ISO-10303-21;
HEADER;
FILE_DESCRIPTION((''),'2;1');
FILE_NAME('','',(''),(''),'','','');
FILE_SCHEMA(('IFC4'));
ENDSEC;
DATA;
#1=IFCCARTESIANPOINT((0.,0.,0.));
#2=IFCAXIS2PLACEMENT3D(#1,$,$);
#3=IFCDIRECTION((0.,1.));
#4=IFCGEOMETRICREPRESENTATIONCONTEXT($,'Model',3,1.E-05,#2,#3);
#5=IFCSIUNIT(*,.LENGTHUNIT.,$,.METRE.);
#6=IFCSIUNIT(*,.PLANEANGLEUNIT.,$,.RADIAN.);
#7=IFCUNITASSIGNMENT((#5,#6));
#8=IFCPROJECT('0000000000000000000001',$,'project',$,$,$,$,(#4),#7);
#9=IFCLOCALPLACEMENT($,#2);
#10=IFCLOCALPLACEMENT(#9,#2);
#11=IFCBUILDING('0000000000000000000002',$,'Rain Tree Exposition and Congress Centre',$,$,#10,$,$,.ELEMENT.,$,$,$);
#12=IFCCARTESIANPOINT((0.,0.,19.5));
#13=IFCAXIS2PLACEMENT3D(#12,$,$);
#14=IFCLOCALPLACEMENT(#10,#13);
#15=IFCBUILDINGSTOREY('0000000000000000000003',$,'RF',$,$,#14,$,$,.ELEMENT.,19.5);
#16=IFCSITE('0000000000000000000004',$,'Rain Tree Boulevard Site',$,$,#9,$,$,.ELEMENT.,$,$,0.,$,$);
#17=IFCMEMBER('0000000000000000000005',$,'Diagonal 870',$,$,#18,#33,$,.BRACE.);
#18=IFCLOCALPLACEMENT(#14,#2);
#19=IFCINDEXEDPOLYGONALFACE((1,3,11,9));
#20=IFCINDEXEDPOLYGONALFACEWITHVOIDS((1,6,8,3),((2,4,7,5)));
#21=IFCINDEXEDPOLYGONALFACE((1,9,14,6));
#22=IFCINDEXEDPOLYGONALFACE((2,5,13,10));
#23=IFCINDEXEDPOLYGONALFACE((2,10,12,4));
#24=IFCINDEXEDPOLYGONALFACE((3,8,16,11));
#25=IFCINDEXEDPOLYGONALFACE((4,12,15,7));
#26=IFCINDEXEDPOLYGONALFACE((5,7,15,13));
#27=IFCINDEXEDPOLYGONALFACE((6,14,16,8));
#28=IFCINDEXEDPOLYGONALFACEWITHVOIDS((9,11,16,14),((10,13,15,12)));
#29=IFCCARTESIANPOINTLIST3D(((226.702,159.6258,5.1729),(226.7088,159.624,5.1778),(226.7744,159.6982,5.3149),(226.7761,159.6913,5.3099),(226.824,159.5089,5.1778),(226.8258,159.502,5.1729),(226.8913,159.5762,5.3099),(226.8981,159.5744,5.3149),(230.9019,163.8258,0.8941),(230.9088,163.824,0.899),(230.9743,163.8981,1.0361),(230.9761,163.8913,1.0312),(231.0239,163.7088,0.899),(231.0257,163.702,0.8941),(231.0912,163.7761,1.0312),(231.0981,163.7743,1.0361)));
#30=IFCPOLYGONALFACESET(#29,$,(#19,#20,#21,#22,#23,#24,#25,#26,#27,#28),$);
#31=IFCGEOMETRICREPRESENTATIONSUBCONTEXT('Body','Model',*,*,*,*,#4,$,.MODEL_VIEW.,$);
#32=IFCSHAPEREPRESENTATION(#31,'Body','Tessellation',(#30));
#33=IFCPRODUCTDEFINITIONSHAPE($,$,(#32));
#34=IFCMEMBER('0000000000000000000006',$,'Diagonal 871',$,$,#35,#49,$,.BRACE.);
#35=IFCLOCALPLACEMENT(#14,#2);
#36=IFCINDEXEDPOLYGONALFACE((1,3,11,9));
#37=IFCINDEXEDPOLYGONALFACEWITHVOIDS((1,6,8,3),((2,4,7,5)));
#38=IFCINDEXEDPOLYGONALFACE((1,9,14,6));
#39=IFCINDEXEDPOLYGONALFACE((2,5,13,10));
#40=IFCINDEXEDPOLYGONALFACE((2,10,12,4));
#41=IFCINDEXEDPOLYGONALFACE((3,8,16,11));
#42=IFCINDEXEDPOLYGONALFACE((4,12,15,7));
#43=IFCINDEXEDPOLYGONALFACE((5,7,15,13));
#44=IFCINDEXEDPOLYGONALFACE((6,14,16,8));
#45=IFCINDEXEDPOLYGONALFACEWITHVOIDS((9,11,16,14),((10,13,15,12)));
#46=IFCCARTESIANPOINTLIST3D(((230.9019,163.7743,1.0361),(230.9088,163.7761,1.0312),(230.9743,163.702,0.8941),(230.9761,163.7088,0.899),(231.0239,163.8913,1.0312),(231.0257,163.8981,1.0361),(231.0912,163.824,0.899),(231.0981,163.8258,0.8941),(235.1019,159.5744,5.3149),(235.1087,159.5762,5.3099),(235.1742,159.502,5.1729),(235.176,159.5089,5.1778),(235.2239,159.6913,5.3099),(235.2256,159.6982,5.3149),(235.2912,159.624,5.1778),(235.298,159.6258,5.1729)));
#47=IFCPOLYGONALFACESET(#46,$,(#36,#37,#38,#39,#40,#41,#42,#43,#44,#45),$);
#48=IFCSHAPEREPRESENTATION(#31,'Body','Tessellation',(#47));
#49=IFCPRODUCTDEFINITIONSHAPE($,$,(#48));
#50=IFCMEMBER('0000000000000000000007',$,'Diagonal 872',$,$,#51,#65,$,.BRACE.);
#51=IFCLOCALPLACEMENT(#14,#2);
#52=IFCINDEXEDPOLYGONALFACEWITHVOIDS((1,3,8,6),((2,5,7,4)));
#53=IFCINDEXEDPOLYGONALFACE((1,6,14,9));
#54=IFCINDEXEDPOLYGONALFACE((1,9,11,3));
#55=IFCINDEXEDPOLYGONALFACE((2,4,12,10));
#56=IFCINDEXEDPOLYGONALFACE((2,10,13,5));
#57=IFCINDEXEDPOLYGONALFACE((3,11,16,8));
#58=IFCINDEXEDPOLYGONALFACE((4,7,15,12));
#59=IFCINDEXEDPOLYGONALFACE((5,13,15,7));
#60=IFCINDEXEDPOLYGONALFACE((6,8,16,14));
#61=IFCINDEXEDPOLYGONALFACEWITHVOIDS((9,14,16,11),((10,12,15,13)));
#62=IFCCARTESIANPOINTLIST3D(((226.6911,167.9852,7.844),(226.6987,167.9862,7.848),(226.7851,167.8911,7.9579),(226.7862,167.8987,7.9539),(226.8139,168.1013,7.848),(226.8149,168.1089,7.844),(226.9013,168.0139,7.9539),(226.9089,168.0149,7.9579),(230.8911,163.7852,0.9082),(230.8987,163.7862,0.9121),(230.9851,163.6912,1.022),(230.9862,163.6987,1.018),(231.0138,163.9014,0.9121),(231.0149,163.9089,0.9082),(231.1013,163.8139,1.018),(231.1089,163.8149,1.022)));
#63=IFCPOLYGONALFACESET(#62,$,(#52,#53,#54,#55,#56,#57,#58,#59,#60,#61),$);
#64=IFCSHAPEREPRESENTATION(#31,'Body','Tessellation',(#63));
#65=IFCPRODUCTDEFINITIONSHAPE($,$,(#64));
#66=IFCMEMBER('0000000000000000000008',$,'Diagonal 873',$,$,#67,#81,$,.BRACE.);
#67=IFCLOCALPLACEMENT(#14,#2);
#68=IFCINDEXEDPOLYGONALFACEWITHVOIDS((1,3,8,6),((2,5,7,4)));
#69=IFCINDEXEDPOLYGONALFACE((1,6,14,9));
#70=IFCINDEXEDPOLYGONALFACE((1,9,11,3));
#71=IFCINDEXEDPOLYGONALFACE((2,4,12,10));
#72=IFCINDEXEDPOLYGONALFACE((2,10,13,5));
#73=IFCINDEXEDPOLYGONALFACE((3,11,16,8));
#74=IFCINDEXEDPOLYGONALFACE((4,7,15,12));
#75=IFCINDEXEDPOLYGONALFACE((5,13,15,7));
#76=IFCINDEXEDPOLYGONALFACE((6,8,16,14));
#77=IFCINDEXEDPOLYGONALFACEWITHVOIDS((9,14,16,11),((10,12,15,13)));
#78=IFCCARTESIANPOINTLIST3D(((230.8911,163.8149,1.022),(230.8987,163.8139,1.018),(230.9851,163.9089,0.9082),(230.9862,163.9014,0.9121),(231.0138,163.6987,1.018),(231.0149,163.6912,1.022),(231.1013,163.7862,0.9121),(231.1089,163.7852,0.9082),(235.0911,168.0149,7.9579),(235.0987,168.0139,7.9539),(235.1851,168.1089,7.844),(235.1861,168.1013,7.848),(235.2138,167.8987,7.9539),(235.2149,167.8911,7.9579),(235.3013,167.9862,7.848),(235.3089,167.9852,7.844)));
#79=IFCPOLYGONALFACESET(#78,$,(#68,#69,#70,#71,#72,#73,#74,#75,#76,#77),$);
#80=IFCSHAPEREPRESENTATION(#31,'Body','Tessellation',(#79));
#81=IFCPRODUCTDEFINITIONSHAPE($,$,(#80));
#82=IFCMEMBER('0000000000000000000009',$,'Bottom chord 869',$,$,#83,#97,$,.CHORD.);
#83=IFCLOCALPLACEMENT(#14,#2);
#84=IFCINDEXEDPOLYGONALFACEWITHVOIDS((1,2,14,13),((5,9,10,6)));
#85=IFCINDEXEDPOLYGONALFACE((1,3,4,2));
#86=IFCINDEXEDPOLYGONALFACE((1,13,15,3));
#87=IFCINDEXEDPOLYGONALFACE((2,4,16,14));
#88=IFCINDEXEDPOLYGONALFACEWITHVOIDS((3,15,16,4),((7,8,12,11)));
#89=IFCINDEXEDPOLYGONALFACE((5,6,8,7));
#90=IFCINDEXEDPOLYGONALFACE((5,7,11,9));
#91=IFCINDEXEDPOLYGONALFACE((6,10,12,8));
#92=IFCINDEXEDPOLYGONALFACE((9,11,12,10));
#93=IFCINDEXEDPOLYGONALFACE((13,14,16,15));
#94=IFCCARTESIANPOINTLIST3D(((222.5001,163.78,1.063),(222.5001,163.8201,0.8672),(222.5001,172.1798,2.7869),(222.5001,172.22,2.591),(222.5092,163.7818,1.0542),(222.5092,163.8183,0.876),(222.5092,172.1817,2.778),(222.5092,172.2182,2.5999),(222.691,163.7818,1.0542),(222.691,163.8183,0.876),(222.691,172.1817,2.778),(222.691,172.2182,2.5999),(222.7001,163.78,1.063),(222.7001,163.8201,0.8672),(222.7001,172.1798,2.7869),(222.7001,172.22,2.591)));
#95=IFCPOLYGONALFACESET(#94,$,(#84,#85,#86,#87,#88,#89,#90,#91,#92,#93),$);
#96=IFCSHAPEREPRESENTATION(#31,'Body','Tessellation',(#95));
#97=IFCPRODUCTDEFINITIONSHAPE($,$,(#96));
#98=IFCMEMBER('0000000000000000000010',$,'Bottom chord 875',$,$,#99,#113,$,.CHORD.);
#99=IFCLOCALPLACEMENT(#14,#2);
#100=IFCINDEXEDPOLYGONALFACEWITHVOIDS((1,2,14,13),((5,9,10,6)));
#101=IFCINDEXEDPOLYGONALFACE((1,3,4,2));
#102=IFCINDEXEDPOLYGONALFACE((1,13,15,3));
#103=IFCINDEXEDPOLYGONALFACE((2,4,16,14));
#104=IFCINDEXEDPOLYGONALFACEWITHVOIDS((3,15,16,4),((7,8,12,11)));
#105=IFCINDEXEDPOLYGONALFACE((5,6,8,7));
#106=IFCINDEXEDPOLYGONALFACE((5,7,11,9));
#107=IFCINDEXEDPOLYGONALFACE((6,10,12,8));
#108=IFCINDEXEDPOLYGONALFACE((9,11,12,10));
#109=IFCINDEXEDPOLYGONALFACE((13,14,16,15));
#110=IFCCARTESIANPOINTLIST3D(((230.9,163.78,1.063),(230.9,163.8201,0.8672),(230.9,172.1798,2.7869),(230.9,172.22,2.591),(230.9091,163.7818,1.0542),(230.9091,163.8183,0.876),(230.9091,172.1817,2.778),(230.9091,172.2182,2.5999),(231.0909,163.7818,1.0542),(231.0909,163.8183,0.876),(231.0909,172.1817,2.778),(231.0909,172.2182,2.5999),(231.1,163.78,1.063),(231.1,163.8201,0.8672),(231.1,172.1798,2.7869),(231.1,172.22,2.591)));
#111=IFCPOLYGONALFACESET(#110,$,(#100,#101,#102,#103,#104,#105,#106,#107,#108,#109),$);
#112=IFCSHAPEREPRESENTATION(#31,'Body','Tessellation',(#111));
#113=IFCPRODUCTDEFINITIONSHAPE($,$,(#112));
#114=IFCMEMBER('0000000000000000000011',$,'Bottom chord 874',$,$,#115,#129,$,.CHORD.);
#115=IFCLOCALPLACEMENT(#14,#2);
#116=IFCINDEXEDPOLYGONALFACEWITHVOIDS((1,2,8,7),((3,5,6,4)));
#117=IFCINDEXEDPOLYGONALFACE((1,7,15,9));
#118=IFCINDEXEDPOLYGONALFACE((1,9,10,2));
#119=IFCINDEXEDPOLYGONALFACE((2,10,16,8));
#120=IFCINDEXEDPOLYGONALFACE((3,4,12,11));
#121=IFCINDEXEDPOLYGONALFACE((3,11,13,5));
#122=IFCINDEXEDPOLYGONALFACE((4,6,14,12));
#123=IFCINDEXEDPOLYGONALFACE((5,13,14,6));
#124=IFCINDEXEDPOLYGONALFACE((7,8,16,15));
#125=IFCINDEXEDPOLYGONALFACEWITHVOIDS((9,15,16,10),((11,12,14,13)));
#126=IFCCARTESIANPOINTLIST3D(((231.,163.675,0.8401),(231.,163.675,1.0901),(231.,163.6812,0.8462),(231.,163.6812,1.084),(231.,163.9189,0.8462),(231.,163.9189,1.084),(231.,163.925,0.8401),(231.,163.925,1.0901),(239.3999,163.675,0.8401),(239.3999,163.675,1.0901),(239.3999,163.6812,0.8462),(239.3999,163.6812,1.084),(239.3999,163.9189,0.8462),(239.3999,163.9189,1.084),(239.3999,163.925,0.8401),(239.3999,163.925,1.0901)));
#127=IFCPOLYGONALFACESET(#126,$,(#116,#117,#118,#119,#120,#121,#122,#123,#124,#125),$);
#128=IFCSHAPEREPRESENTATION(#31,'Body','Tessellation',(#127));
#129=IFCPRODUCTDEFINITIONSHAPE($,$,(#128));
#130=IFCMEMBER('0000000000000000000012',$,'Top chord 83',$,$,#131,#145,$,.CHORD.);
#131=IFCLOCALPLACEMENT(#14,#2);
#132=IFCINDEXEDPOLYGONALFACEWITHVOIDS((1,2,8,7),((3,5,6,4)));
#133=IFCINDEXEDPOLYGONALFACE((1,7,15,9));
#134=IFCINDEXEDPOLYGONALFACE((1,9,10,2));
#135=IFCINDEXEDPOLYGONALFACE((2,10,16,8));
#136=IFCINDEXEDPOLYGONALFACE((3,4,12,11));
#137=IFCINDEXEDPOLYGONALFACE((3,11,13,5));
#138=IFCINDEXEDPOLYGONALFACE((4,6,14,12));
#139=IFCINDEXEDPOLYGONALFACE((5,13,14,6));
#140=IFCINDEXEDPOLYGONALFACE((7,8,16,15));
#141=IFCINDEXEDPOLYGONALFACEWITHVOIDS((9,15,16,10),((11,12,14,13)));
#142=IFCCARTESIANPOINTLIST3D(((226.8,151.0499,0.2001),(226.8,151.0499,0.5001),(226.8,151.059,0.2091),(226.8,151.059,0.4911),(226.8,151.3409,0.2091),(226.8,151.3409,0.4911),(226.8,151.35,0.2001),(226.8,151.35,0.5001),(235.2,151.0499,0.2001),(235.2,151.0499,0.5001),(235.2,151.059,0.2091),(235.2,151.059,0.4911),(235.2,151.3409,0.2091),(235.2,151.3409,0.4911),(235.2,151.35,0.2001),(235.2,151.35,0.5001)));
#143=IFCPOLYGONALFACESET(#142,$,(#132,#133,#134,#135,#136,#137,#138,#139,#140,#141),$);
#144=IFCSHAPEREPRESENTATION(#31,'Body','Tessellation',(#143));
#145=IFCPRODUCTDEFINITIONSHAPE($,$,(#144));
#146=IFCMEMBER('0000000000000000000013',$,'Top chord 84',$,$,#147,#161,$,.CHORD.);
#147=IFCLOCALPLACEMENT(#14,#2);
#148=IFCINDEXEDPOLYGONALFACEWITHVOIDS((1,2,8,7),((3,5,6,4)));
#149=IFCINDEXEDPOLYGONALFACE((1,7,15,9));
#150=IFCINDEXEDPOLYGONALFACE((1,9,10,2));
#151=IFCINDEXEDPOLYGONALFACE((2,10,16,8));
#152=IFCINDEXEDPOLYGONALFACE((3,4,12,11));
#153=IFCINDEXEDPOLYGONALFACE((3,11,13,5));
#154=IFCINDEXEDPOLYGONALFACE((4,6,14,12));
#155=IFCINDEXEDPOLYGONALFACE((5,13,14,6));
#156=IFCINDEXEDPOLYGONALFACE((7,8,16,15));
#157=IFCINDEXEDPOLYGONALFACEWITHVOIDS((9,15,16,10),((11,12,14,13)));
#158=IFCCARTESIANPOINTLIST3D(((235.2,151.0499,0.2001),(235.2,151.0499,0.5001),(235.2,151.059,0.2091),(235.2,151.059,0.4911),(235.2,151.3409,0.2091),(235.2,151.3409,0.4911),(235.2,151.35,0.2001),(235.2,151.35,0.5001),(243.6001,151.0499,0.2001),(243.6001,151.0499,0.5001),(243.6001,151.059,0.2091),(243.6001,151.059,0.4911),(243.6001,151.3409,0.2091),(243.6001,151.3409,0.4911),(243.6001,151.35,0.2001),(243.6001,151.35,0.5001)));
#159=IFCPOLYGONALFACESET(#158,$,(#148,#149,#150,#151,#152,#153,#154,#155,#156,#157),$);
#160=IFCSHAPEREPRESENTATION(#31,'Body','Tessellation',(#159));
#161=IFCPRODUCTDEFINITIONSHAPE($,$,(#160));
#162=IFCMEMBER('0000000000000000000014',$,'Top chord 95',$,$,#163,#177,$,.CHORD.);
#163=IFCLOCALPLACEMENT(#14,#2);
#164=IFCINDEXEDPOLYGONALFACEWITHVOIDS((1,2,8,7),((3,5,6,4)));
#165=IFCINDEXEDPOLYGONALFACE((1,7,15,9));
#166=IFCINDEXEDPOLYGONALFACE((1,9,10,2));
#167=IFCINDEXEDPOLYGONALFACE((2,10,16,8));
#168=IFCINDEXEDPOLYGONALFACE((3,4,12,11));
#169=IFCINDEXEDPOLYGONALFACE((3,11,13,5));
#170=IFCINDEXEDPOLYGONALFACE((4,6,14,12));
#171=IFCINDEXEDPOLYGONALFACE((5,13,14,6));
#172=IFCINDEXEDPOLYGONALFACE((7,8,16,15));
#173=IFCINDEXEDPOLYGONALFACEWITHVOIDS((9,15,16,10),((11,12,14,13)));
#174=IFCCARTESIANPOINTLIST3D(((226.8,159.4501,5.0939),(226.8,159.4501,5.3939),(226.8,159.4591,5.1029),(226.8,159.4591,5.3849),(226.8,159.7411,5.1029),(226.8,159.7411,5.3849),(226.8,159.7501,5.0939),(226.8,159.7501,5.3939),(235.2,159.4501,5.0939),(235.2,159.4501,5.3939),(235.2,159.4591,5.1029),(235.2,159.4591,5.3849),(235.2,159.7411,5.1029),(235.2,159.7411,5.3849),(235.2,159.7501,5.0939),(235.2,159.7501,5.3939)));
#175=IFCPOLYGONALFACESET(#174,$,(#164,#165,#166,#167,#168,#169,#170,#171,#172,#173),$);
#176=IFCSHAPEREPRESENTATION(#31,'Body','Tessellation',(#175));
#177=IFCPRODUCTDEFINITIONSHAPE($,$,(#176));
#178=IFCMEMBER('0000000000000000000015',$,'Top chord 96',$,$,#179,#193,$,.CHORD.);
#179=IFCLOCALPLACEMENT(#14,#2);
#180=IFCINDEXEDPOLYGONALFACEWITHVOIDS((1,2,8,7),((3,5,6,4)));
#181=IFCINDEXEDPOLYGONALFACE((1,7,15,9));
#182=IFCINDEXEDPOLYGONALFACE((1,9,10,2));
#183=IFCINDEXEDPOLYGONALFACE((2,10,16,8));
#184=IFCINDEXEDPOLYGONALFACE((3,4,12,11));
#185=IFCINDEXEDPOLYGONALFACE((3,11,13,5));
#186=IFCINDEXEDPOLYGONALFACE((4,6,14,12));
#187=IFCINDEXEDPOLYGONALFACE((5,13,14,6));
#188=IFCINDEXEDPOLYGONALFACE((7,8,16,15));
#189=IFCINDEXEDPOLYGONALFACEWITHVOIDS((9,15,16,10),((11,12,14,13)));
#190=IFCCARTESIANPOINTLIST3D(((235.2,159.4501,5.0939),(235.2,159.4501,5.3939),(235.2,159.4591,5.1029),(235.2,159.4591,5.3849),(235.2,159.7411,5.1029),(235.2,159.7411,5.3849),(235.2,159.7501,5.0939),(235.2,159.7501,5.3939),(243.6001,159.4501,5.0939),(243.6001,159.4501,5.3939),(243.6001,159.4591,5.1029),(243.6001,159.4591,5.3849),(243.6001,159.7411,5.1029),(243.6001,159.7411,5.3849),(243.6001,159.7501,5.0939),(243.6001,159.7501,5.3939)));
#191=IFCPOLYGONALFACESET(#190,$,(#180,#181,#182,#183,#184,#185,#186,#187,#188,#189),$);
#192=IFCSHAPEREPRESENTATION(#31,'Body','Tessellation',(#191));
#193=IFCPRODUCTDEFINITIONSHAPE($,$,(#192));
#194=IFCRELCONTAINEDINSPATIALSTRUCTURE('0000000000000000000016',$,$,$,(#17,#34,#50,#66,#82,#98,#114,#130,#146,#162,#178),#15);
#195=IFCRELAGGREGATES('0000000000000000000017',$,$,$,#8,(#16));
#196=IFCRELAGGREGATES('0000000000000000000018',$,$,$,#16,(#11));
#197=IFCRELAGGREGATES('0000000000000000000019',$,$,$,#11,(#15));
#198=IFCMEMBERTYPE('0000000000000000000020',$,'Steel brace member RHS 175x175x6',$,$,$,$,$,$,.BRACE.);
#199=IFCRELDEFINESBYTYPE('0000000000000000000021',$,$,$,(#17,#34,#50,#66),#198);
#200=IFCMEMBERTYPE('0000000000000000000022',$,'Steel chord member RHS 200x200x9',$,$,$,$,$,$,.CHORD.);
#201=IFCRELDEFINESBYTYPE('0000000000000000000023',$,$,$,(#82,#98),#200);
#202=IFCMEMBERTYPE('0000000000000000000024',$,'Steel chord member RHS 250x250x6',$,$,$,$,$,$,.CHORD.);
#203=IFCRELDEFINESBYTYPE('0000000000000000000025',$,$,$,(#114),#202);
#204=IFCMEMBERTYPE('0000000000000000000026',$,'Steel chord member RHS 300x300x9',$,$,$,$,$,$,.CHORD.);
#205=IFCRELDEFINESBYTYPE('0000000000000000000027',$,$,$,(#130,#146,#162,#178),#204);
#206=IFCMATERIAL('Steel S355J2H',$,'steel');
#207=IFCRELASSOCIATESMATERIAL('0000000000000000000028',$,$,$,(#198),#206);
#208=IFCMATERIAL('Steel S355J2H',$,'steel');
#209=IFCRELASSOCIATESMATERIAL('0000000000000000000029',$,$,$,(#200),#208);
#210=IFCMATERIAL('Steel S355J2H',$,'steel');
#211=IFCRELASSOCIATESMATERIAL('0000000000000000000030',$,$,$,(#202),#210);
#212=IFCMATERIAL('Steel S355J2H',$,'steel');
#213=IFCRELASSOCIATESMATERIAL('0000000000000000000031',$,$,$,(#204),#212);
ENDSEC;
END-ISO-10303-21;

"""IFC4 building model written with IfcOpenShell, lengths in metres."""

from ifc_helpers import new_model, si_unit, direction, frame, origin, origin_2d, place, context, subcontext, project, spatial, hollow_rectangle, extrude, material, material_profile, profile_set, type_object, element, save


model = new_model("IFC4")

# Units and contexts
model_context = context("Model", 3, precision=1e-05, world=origin(), true_north=direction((0.0, 1.0)))
body_context = subcontext(model_context, "Body", "Model", "MODEL_VIEW")
ifc_project = project(units=[si_unit("LENGTHUNIT", "METRE"), si_unit("PLANEANGLEUNIT", "RADIAN")], contexts=[model_context])

# Site, building, storey
site_placement = place(None, origin())
site = spatial("IfcSite", under=ifc_project, at=site_placement, Name="Rain Tree Boulevard Site", CompositionType="ELEMENT", RefElevation=0.0)
building_placement = place(site_placement, origin())
building = spatial("IfcBuilding", under=site, at=building_placement, Name="Rain Tree Exposition and Congress Centre", CompositionType="ELEMENT")
storey_placement = place(building_placement, frame((0.0, 0.0, 19.5)))
storey = spatial("IfcBuildingStorey", under=building, at=storey_placement, Name="RF", CompositionType="ELEMENT", Elevation=19.5)

# Members
ifc_material_1 = material(Name="Steel S355J2H", Category="steel")
ifc_material_profile_1 = material_profile(ifc_material_1, hollow_rectangle(XDim=0.175, YDim=0.175, WallThickness=0.0061, at=origin_2d()), Name="RHS 175x175x6")
ifc_profile_set_1 = profile_set([ifc_material_profile_1], Name="Steel S355J2H")
member_type_1 = type_object("IfcMemberType", Name="Steel brace member RHS 175x175x6", PredefinedType="BRACE", material=ifc_profile_set_1)
for number, where, z_axis, x_axis, name in (
    (1, (231.0, 163.8, 0.9651), (-0.573737, -0.573737, 0.58451), (0.707107, -0.707107, 0.0), "Diagonal 870"),
    (2, (231.0, 163.8, 0.9651), (0.573737, -0.573737, 0.58451), (0.707107, 0.707107, 0.0), "Diagonal 871"),
):
    element("IfcMember", number, at=place(storey_placement, frame(where, z_axis=z_axis, x_axis=x_axis)), inside=storey, type_object=member_type_1, Name=name, PredefinedType="BRACE", context=body_context, shape_type="SweptSolid", body=[
        extrude(hollow_rectangle(XDim=0.175, YDim=0.175, WallThickness=0.0061, at=origin_2d()), origin(), (0.0, 0.0, 1.0), 7.3203),
    ])
for number, where, z_axis, x_axis, name in (
    (3, (231.0, 163.8, 0.9651), (-0.459941, 0.459941, 0.759545), (-0.707107, -0.707107, 0.0), "Diagonal 872"),
    (4, (231.0, 163.8, 0.9651), (0.459941, 0.459941, 0.759545), (-0.707107, 0.707107, 0.0), "Diagonal 873"),
):
    element("IfcMember", number, at=place(storey_placement, frame(where, z_axis=z_axis, x_axis=x_axis)), inside=storey, type_object=member_type_1, Name=name, PredefinedType="BRACE", context=body_context, shape_type="SweptSolid", body=[
        extrude(hollow_rectangle(XDim=0.175, YDim=0.175, WallThickness=0.0061, at=origin_2d()), origin(), (0.0, 0.0, 1.0), 9.1316),
    ])
ifc_material_2 = material(Name="Steel S355J2H", Category="steel")
ifc_material_profile_2 = material_profile(ifc_material_2, hollow_rectangle(XDim=0.2, YDim=0.2, WallThickness=0.009, at=origin_2d()), Name="RHS 200x200x9")
ifc_profile_set_2 = profile_set([ifc_material_profile_2], Name="Steel S355J2H")
member_type_2 = type_object("IfcMemberType", Name="Steel chord member RHS 200x200x9", PredefinedType="CHORD", material=ifc_profile_set_2)
for number, where, z_axis, x_axis, name in (
    (5, (222.6001, 163.8, 0.9651), (0.0, 0.979584, 0.201036), (-1.0, 0.0, 0.0), "Bottom chord 869"),
    (6, (231.0, 163.8, 0.9651), (0.0, 0.979584, 0.201036), (-1.0, 0.0, 0.0), "Bottom chord 875"),
):
    element("IfcMember", number, at=place(storey_placement, frame(where, z_axis=z_axis, x_axis=x_axis)), inside=storey, type_object=member_type_2, Name=name, PredefinedType="CHORD", context=body_context, shape_type="SweptSolid", body=[
        extrude(hollow_rectangle(XDim=0.2, YDim=0.2, WallThickness=0.009, at=origin_2d()), origin(), (0.0, 0.0, 1.0), 8.575),
    ])
ifc_material_3 = material(Name="Steel S355J2H", Category="steel")
ifc_material_profile_3 = material_profile(ifc_material_3, hollow_rectangle(XDim=0.25, YDim=0.25, WallThickness=0.0061, at=origin_2d()), Name="RHS 250x250x6")
ifc_profile_set_3 = profile_set([ifc_material_profile_3], Name="Steel S355J2H")
member_type_3 = type_object("IfcMemberType", Name="Steel chord member RHS 250x250x6", PredefinedType="CHORD", material=ifc_profile_set_3)
member_1_placement = place(storey_placement, frame((231.0, 163.8, 0.9651), z_axis=(1.0, 0.0, 0.0), x_axis=(0.0, 1.0, 0.0)))
element("IfcMember", 7, at=member_1_placement, inside=storey, type_object=member_type_3, Name="Bottom chord 874", PredefinedType="CHORD", context=body_context, shape_type="SweptSolid", body=[
    extrude(hollow_rectangle(XDim=0.25, YDim=0.25, WallThickness=0.0061, at=origin_2d()), origin(), (0.0, 0.0, 1.0), 8.3999),
])
ifc_material_4 = material(Name="Steel S355J2H", Category="steel")
ifc_material_profile_4 = material_profile(ifc_material_4, hollow_rectangle(XDim=0.3, YDim=0.3, WallThickness=0.009, at=origin_2d()), Name="RHS 300x300x9")
ifc_profile_set_4 = profile_set([ifc_material_profile_4], Name="Steel S355J2H")
member_type_4 = type_object("IfcMemberType", Name="Steel chord member RHS 300x300x9", PredefinedType="CHORD", material=ifc_profile_set_4)
member_2_placement = place(storey_placement, frame((226.8, 151.2, 0.3501), z_axis=(1.0, 0.0, 0.0), x_axis=(0.0, 1.0, 0.0)))
element("IfcMember", 8, at=member_2_placement, inside=storey, type_object=member_type_4, Name="Top chord 83", PredefinedType="CHORD", context=body_context, shape_type="SweptSolid", body=[
    extrude(hollow_rectangle(XDim=0.3, YDim=0.3, WallThickness=0.009, at=origin_2d()), origin(), (0.0, 0.0, 1.0), 8.3999),
])
member_3_placement = place(storey_placement, frame((235.2, 151.2, 0.3501), z_axis=(1.0, 0.0, 0.0), x_axis=(0.0, 1.0, 0.0)))
element("IfcMember", 9, at=member_3_placement, inside=storey, type_object=member_type_4, Name="Top chord 84", PredefinedType="CHORD", context=body_context, shape_type="SweptSolid", body=[
    extrude(hollow_rectangle(XDim=0.3, YDim=0.3, WallThickness=0.009, at=origin_2d()), origin(), (0.0, 0.0, 1.0), 8.4001),
])
member_4_placement = place(storey_placement, frame((226.8, 159.6001, 5.2439), z_axis=(1.0, 0.0, 0.0), x_axis=(0.0, 1.0, 0.0)))
element("IfcMember", 10, at=member_4_placement, inside=storey, type_object=member_type_4, Name="Top chord 95", PredefinedType="CHORD", context=body_context, shape_type="SweptSolid", body=[
    extrude(hollow_rectangle(XDim=0.3, YDim=0.3, WallThickness=0.009, at=origin_2d()), origin(), (0.0, 0.0, 1.0), 8.3999),
])
member_5_placement = place(storey_placement, frame((235.2, 159.6001, 5.2439), z_axis=(1.0, 0.0, 0.0), x_axis=(0.0, 1.0, 0.0)))
element("IfcMember", 11, at=member_5_placement, inside=storey, type_object=member_type_4, Name="Top chord 96", PredefinedType="CHORD", context=body_context, shape_type="SweptSolid", body=[
    extrude(hollow_rectangle(XDim=0.3, YDim=0.3, WallThickness=0.009, at=origin_2d()), origin(), (0.0, 0.0, 1.0), 8.4001),
])

save(model, "model.ifc")
